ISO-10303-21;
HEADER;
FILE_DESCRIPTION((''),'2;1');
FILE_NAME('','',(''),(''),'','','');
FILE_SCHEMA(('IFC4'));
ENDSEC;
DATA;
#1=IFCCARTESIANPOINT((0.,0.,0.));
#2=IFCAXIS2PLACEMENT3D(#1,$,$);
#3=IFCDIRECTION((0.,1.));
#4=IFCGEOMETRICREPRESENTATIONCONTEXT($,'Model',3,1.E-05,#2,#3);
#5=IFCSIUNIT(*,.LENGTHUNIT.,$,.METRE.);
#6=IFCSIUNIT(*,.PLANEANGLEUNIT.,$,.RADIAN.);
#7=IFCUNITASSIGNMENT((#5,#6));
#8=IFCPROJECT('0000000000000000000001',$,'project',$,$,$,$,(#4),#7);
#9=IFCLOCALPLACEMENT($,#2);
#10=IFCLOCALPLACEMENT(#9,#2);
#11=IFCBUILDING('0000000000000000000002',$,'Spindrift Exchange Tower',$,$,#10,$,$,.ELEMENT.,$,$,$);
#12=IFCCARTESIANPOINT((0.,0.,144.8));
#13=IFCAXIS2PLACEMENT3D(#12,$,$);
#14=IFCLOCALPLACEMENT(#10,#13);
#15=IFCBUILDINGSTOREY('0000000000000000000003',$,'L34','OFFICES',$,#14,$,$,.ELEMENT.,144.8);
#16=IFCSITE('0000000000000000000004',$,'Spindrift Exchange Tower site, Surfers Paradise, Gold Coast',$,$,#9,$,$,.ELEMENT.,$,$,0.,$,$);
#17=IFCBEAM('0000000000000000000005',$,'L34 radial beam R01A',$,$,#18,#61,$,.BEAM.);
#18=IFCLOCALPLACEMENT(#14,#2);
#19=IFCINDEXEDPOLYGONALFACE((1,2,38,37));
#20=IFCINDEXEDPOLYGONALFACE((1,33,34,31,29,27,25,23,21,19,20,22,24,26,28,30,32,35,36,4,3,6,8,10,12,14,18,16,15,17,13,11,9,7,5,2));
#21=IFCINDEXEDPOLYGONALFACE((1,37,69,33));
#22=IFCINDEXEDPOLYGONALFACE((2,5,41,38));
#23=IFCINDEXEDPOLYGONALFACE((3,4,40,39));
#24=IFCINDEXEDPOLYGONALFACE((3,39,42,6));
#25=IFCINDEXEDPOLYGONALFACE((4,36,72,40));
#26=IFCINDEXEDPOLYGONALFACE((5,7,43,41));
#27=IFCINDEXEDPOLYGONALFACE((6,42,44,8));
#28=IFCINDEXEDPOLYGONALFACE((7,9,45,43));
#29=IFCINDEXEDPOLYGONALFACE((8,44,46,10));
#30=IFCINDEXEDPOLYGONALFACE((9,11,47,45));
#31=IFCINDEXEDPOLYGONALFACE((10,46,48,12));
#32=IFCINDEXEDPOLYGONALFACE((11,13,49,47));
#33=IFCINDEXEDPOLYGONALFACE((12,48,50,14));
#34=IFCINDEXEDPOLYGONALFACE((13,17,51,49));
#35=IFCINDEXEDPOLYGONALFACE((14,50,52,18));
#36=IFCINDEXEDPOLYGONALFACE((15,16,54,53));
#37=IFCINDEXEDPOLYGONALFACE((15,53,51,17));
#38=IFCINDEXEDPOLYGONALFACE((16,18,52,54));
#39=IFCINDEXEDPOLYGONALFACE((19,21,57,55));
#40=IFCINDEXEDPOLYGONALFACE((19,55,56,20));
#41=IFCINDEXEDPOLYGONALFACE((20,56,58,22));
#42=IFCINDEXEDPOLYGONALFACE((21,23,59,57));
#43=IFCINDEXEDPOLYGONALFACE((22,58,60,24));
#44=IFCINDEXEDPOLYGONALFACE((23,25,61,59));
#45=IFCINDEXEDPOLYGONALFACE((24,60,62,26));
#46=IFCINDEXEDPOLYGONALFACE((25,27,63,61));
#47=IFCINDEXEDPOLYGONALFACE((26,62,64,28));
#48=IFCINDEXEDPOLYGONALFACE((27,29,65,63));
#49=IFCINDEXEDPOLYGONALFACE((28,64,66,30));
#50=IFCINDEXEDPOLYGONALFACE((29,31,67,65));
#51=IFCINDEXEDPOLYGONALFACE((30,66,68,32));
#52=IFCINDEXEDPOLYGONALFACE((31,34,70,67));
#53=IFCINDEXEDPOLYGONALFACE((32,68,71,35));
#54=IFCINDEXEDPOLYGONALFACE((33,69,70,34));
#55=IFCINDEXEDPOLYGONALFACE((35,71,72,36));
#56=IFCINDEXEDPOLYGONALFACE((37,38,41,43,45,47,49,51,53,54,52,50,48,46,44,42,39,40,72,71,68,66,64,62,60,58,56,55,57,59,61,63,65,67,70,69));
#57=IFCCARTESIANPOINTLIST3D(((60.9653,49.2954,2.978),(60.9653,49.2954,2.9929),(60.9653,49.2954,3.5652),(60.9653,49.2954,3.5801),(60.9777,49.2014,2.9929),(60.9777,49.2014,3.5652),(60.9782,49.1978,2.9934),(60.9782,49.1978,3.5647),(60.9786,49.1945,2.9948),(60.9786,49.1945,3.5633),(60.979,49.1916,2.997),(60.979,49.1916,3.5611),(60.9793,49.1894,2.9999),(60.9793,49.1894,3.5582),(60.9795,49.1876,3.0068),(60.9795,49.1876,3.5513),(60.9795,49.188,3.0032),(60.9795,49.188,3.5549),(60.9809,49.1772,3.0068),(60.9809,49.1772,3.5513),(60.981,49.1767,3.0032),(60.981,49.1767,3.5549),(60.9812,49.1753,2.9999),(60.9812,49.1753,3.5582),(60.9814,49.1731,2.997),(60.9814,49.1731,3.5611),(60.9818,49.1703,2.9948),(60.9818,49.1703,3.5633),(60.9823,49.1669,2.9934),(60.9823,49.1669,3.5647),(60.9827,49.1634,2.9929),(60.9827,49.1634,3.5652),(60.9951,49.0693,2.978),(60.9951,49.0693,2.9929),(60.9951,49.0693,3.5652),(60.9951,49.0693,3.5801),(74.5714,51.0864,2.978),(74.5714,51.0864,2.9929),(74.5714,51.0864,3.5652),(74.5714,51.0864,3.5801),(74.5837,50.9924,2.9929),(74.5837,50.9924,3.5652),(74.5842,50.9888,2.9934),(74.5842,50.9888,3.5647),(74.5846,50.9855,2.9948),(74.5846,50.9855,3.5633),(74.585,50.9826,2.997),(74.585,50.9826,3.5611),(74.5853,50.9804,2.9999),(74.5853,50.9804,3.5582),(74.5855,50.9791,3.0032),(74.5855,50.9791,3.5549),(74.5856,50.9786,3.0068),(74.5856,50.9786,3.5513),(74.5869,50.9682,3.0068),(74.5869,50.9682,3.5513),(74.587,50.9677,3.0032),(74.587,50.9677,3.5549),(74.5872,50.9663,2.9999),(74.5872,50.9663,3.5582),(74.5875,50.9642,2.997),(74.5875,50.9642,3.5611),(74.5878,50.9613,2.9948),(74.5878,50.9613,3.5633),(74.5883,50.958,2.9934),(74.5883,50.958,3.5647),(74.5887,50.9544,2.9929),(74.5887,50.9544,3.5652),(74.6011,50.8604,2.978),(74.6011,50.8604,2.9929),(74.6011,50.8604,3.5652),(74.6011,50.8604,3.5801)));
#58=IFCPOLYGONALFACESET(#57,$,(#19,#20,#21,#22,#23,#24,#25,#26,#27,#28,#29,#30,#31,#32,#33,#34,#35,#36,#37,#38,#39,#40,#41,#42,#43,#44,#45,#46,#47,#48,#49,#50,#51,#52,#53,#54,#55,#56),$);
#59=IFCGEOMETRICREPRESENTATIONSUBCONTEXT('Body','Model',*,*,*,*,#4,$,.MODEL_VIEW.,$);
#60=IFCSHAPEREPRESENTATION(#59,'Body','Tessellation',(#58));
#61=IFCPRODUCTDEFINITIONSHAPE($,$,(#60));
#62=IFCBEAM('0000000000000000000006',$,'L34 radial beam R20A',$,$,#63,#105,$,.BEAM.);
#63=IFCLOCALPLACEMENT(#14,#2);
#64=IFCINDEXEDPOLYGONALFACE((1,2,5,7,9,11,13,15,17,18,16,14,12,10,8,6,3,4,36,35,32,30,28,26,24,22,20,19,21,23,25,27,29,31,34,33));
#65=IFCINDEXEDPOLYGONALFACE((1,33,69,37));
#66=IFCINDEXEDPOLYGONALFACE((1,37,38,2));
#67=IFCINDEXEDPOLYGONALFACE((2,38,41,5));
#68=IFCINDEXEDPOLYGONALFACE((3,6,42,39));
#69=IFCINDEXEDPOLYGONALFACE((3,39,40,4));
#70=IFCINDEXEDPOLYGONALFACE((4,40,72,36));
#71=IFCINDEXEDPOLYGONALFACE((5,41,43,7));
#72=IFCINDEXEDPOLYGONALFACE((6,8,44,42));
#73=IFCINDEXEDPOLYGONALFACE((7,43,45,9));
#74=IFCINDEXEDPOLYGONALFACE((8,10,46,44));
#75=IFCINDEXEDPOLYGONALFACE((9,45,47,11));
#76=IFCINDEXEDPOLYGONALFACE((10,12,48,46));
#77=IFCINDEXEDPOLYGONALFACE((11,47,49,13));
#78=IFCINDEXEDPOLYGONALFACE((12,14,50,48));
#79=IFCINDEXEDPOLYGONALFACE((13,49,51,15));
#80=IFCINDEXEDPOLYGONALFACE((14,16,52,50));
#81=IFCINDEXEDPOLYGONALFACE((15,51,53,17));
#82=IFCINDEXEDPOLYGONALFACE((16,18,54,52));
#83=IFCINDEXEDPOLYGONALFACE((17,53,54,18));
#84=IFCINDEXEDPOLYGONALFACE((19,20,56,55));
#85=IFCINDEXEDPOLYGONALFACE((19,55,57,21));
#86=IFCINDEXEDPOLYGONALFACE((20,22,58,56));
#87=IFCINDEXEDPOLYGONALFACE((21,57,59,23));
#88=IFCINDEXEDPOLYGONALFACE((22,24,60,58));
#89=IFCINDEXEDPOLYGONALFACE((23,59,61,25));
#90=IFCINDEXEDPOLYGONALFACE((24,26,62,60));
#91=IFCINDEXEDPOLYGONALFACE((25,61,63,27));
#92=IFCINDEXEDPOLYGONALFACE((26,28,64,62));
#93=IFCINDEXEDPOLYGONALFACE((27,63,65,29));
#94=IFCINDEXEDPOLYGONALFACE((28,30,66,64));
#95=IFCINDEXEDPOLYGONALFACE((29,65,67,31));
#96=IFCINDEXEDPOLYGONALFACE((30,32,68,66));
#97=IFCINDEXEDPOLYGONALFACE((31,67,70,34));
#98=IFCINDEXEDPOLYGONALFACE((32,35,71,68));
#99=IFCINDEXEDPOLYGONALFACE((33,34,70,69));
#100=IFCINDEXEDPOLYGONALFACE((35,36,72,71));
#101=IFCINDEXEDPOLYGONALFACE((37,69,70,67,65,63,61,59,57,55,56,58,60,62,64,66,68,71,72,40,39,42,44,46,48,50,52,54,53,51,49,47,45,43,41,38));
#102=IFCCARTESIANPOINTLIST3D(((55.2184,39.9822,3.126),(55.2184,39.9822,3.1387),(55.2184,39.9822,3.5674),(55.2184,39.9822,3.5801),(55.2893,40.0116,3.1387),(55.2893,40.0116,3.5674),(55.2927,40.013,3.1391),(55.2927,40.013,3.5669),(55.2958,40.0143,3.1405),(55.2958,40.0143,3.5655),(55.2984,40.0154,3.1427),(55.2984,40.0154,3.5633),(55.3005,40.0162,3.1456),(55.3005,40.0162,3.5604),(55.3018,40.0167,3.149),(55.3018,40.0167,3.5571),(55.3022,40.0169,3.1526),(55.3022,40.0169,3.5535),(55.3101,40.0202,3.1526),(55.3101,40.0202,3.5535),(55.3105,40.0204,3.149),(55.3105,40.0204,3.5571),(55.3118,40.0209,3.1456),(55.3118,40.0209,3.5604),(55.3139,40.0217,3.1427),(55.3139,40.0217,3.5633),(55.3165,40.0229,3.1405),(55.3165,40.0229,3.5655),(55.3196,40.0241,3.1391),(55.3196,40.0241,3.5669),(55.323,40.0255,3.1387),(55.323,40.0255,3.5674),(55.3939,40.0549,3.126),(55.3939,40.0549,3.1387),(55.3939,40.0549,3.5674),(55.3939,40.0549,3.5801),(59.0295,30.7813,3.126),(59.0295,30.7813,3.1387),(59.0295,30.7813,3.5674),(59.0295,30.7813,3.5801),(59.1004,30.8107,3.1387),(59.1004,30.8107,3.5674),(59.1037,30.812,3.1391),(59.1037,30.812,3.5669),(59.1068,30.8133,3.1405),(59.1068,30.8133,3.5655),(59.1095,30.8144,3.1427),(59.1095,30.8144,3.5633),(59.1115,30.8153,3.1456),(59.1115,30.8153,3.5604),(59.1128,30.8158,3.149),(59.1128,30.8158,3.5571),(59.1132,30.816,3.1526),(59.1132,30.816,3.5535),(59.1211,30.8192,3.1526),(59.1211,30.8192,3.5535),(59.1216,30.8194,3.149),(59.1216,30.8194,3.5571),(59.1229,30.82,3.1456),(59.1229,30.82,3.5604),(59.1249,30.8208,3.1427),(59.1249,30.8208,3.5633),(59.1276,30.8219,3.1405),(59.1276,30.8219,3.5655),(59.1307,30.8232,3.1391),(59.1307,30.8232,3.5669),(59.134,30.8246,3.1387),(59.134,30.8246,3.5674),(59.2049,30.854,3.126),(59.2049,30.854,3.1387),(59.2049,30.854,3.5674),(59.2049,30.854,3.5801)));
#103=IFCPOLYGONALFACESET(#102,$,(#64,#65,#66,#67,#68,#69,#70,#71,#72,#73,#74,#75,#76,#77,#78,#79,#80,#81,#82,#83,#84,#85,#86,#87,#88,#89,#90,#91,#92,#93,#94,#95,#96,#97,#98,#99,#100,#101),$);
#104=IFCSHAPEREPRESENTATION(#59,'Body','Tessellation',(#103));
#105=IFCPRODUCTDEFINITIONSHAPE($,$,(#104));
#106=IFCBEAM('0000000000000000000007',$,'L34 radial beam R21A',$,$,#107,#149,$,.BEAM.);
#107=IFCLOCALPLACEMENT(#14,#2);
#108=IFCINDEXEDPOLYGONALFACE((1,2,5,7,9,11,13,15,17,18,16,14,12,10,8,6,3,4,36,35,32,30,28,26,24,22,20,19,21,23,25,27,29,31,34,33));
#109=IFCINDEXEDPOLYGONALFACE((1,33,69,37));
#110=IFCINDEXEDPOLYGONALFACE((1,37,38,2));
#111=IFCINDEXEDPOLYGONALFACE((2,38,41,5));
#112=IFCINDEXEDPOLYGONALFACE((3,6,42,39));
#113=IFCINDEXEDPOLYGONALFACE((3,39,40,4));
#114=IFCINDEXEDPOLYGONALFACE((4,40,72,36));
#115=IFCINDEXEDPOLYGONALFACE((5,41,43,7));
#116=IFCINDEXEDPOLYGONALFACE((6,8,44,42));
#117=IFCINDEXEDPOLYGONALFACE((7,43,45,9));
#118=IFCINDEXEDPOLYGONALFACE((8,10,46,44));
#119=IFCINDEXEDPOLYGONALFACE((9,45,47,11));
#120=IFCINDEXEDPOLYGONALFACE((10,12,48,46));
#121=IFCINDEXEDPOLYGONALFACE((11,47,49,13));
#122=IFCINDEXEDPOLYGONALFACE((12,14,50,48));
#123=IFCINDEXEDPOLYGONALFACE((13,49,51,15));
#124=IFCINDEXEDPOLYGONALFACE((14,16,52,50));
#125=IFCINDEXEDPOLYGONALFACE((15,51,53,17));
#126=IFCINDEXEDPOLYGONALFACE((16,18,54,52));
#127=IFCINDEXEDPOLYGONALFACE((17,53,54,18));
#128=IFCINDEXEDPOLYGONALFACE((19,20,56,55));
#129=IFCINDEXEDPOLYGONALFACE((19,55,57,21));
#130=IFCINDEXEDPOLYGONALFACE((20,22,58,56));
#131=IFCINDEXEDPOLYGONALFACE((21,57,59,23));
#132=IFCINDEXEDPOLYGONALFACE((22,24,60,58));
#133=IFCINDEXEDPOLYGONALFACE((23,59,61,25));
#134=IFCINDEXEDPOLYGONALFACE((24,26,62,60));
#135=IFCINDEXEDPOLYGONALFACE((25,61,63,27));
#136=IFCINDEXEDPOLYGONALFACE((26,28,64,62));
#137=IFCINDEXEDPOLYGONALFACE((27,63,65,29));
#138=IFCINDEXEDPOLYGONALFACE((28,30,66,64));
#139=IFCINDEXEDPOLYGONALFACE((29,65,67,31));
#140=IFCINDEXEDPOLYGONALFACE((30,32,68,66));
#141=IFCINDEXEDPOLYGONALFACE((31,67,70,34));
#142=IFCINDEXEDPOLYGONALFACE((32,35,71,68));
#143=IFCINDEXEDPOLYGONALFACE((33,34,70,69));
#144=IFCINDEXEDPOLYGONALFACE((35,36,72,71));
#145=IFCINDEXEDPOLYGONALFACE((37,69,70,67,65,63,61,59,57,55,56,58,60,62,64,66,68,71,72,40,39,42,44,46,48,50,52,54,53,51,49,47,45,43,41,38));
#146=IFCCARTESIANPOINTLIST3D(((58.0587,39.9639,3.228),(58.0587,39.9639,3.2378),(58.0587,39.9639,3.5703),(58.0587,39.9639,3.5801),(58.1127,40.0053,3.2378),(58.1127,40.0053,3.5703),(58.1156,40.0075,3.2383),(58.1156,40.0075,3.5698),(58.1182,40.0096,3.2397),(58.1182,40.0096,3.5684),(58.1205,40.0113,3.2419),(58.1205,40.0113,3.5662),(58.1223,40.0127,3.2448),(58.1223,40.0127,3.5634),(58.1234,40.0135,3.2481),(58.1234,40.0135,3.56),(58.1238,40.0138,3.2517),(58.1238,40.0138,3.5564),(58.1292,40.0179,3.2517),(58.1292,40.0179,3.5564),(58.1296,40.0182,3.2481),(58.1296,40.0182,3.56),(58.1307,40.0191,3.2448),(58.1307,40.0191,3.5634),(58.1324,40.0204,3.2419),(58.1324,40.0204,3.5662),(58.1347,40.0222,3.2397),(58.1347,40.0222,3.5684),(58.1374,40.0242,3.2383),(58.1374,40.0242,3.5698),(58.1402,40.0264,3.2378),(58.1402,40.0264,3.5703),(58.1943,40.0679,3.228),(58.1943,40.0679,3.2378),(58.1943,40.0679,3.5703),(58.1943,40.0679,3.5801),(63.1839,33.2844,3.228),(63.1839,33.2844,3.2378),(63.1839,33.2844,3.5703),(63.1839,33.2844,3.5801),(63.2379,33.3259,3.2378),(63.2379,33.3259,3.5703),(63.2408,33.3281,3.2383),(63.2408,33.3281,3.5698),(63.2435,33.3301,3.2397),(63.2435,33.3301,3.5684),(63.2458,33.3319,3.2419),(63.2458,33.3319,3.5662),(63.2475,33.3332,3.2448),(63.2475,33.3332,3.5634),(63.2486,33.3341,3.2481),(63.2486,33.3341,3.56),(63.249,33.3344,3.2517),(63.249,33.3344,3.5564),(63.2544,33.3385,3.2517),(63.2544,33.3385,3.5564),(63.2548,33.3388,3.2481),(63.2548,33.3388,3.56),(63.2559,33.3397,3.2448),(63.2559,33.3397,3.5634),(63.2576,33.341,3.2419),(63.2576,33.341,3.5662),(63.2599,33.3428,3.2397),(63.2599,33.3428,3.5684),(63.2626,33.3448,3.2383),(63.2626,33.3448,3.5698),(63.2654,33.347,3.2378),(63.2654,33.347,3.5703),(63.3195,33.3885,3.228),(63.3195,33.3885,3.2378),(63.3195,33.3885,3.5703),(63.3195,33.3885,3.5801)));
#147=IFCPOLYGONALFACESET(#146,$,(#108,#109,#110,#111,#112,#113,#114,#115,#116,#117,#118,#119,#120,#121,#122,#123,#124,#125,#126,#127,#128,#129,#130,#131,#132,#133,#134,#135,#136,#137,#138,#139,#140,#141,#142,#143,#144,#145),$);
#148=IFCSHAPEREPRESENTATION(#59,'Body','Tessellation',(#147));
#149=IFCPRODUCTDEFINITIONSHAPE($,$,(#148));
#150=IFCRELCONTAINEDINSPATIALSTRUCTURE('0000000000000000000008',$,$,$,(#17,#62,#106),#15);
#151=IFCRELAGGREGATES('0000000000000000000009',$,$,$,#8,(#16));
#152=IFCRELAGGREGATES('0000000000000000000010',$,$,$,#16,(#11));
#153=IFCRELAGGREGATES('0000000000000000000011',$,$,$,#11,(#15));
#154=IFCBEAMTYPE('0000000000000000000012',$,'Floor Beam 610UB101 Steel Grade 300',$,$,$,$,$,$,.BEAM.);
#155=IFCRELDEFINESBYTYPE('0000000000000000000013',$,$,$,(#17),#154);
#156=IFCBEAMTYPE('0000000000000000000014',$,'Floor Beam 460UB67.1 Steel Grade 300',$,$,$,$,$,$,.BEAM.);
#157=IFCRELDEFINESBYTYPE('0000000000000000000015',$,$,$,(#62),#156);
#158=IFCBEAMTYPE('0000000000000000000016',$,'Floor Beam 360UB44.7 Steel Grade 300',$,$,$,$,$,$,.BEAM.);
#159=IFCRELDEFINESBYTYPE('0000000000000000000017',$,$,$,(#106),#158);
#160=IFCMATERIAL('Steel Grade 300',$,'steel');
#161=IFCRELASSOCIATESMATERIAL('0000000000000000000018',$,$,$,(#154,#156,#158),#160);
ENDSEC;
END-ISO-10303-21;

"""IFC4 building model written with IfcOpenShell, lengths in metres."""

from ifc_helpers import new_model, si_unit, direction, frame, origin, origin_2d, place, context, subcontext, project, spatial, i_section, extrude, source, transform, mapped, material, material_profile, profile_set, type_object, element, save


model = new_model("IFC4")

# Units and contexts
model_context = context("Model", 3, precision=1e-05, world=origin(), true_north=direction((0.0, 1.0)))
body_context = subcontext(model_context, "Body", "Model", "MODEL_VIEW")
ifc_project = project(units=[si_unit("LENGTHUNIT", "METRE"), si_unit("PLANEANGLEUNIT", "RADIAN")], contexts=[model_context])

# Site, building, storey
site_placement = place(None, origin())
site = spatial("IfcSite", under=ifc_project, at=site_placement, Name="Spindrift Exchange Tower site, Surfers Paradise, Gold Coast", CompositionType="ELEMENT", RefElevation=0.0)
building_placement = place(site_placement, origin())
building = spatial("IfcBuilding", under=site, at=building_placement, Name="Spindrift Exchange Tower", CompositionType="ELEMENT")
storey_placement = place(building_placement, frame((0.0, 0.0, 144.8)))
storey = spatial("IfcBuildingStorey", under=building, at=storey_placement, Name="L34", Description="OFFICES", CompositionType="ELEMENT", Elevation=144.8)

# Beams
ifc_material_1 = material(Name="Steel Grade 300", Category="steel")
ifc_material_profile_1 = material_profile(ifc_material_1, i_section(OverallWidth=0.228, OverallDepth=0.6021, WebThickness=0.0105, FlangeThickness=0.0149, FilletRadius=0.0139, at=origin_2d()), Name="610UB101")
ifc_profile_set_1 = profile_set([ifc_material_profile_1], Name="Steel Grade 300")
beam_type_1 = type_object("IfcBeamType", Name="Floor Beam 610UB101 Steel Grade 300", PredefinedType="BEAM", material=ifc_profile_set_1)
shared_shape_1 = source(origin(), body_context, "Body", "SweptSolid", [
    extrude(i_section(OverallWidth=0.228, OverallDepth=0.6021, WebThickness=0.0105, FlangeThickness=0.0149, FilletRadius=0.0139, at=origin_2d()), origin(), (0.0, 0.0, 1.0), 13.7234),
])
beam_1_placement = place(storey_placement, frame((60.9802, 49.1824, 3.2791), z_axis=(0.991447, 0.130509, 0.0), x_axis=(-0.130509, 0.991447, 0.0)))
element("IfcBeam", 1, at=beam_1_placement, inside=storey, type_object=beam_type_1, Name="L34 radial beam R01A", PredefinedType="BEAM", context=body_context, shape_type="MappedRepresentation", body=[
    mapped(shared_shape_1, transform((0.0, 0.0, 0.0), scale=1.0)),
])
ifc_material_profile_2 = material_profile(ifc_material_1, i_section(OverallWidth=0.1899, OverallDepth=0.4541, WebThickness=0.0085, FlangeThickness=0.0127, FilletRadius=0.0139, at=origin_2d()), Name="460UB67.1")
ifc_profile_set_2 = profile_set([ifc_material_profile_2], Name="Steel Grade 300")
beam_type_2 = type_object("IfcBeamType", Name="Floor Beam 460UB67.1 Steel Grade 300", PredefinedType="BEAM", material=ifc_profile_set_2)
shared_shape_2 = source(origin(), body_context, "Body", "SweptSolid", [
    extrude(i_section(OverallWidth=0.1899, OverallDepth=0.4541, WebThickness=0.0085, FlangeThickness=0.0127, FilletRadius=0.0139, at=origin_2d()), origin(), (0.0, 0.0, 1.0), 9.959),
])
beam_2_placement = place(storey_placement, frame((55.3062, 40.0186, 3.353), z_axis=(0.382674, -0.923884, 0.0), x_axis=(0.923884, 0.382674, 0.0)))
element("IfcBeam", 2, at=beam_2_placement, inside=storey, type_object=beam_type_2, Name="L34 radial beam R20A", PredefinedType="BEAM", context=body_context, shape_type="MappedRepresentation", body=[
    mapped(shared_shape_2, transform((0.0, 0.0, 0.0), scale=1.0)),
])
ifc_material_profile_3 = material_profile(ifc_material_1, i_section(OverallWidth=0.1709, OverallDepth=0.3521, WebThickness=0.0068, FlangeThickness=0.0098, FilletRadius=0.0139, at=origin_2d()), Name="360UB44.7")
ifc_profile_set_3 = profile_set([ifc_material_profile_3], Name="Steel Grade 300")
beam_type_3 = type_object("IfcBeamType", Name="Floor Beam 360UB44.7 Steel Grade 300", PredefinedType="BEAM", material=ifc_profile_set_3)
shared_shape_3 = source(origin(), body_context, "Body", "SweptSolid", [
    extrude(i_section(OverallWidth=0.1709, OverallDepth=0.3521, WebThickness=0.0068, FlangeThickness=0.0098, FilletRadius=0.0139, at=origin_2d()), origin(), (0.0, 0.0, 1.0), 8.4192),
])
beam_3_placement = place(storey_placement, frame((58.1265, 40.0159, 3.4041), z_axis=(0.608756, -0.793358, 0.0), x_axis=(0.793358, 0.608756, 0.0)))
element("IfcBeam", 3, at=beam_3_placement, inside=storey, type_object=beam_type_3, Name="L34 radial beam R21A", PredefinedType="BEAM", context=body_context, shape_type="MappedRepresentation", body=[
    mapped(shared_shape_3, transform((0.0, 0.0, 0.0), scale=1.0)),
])

save(model, "model.ifc")
